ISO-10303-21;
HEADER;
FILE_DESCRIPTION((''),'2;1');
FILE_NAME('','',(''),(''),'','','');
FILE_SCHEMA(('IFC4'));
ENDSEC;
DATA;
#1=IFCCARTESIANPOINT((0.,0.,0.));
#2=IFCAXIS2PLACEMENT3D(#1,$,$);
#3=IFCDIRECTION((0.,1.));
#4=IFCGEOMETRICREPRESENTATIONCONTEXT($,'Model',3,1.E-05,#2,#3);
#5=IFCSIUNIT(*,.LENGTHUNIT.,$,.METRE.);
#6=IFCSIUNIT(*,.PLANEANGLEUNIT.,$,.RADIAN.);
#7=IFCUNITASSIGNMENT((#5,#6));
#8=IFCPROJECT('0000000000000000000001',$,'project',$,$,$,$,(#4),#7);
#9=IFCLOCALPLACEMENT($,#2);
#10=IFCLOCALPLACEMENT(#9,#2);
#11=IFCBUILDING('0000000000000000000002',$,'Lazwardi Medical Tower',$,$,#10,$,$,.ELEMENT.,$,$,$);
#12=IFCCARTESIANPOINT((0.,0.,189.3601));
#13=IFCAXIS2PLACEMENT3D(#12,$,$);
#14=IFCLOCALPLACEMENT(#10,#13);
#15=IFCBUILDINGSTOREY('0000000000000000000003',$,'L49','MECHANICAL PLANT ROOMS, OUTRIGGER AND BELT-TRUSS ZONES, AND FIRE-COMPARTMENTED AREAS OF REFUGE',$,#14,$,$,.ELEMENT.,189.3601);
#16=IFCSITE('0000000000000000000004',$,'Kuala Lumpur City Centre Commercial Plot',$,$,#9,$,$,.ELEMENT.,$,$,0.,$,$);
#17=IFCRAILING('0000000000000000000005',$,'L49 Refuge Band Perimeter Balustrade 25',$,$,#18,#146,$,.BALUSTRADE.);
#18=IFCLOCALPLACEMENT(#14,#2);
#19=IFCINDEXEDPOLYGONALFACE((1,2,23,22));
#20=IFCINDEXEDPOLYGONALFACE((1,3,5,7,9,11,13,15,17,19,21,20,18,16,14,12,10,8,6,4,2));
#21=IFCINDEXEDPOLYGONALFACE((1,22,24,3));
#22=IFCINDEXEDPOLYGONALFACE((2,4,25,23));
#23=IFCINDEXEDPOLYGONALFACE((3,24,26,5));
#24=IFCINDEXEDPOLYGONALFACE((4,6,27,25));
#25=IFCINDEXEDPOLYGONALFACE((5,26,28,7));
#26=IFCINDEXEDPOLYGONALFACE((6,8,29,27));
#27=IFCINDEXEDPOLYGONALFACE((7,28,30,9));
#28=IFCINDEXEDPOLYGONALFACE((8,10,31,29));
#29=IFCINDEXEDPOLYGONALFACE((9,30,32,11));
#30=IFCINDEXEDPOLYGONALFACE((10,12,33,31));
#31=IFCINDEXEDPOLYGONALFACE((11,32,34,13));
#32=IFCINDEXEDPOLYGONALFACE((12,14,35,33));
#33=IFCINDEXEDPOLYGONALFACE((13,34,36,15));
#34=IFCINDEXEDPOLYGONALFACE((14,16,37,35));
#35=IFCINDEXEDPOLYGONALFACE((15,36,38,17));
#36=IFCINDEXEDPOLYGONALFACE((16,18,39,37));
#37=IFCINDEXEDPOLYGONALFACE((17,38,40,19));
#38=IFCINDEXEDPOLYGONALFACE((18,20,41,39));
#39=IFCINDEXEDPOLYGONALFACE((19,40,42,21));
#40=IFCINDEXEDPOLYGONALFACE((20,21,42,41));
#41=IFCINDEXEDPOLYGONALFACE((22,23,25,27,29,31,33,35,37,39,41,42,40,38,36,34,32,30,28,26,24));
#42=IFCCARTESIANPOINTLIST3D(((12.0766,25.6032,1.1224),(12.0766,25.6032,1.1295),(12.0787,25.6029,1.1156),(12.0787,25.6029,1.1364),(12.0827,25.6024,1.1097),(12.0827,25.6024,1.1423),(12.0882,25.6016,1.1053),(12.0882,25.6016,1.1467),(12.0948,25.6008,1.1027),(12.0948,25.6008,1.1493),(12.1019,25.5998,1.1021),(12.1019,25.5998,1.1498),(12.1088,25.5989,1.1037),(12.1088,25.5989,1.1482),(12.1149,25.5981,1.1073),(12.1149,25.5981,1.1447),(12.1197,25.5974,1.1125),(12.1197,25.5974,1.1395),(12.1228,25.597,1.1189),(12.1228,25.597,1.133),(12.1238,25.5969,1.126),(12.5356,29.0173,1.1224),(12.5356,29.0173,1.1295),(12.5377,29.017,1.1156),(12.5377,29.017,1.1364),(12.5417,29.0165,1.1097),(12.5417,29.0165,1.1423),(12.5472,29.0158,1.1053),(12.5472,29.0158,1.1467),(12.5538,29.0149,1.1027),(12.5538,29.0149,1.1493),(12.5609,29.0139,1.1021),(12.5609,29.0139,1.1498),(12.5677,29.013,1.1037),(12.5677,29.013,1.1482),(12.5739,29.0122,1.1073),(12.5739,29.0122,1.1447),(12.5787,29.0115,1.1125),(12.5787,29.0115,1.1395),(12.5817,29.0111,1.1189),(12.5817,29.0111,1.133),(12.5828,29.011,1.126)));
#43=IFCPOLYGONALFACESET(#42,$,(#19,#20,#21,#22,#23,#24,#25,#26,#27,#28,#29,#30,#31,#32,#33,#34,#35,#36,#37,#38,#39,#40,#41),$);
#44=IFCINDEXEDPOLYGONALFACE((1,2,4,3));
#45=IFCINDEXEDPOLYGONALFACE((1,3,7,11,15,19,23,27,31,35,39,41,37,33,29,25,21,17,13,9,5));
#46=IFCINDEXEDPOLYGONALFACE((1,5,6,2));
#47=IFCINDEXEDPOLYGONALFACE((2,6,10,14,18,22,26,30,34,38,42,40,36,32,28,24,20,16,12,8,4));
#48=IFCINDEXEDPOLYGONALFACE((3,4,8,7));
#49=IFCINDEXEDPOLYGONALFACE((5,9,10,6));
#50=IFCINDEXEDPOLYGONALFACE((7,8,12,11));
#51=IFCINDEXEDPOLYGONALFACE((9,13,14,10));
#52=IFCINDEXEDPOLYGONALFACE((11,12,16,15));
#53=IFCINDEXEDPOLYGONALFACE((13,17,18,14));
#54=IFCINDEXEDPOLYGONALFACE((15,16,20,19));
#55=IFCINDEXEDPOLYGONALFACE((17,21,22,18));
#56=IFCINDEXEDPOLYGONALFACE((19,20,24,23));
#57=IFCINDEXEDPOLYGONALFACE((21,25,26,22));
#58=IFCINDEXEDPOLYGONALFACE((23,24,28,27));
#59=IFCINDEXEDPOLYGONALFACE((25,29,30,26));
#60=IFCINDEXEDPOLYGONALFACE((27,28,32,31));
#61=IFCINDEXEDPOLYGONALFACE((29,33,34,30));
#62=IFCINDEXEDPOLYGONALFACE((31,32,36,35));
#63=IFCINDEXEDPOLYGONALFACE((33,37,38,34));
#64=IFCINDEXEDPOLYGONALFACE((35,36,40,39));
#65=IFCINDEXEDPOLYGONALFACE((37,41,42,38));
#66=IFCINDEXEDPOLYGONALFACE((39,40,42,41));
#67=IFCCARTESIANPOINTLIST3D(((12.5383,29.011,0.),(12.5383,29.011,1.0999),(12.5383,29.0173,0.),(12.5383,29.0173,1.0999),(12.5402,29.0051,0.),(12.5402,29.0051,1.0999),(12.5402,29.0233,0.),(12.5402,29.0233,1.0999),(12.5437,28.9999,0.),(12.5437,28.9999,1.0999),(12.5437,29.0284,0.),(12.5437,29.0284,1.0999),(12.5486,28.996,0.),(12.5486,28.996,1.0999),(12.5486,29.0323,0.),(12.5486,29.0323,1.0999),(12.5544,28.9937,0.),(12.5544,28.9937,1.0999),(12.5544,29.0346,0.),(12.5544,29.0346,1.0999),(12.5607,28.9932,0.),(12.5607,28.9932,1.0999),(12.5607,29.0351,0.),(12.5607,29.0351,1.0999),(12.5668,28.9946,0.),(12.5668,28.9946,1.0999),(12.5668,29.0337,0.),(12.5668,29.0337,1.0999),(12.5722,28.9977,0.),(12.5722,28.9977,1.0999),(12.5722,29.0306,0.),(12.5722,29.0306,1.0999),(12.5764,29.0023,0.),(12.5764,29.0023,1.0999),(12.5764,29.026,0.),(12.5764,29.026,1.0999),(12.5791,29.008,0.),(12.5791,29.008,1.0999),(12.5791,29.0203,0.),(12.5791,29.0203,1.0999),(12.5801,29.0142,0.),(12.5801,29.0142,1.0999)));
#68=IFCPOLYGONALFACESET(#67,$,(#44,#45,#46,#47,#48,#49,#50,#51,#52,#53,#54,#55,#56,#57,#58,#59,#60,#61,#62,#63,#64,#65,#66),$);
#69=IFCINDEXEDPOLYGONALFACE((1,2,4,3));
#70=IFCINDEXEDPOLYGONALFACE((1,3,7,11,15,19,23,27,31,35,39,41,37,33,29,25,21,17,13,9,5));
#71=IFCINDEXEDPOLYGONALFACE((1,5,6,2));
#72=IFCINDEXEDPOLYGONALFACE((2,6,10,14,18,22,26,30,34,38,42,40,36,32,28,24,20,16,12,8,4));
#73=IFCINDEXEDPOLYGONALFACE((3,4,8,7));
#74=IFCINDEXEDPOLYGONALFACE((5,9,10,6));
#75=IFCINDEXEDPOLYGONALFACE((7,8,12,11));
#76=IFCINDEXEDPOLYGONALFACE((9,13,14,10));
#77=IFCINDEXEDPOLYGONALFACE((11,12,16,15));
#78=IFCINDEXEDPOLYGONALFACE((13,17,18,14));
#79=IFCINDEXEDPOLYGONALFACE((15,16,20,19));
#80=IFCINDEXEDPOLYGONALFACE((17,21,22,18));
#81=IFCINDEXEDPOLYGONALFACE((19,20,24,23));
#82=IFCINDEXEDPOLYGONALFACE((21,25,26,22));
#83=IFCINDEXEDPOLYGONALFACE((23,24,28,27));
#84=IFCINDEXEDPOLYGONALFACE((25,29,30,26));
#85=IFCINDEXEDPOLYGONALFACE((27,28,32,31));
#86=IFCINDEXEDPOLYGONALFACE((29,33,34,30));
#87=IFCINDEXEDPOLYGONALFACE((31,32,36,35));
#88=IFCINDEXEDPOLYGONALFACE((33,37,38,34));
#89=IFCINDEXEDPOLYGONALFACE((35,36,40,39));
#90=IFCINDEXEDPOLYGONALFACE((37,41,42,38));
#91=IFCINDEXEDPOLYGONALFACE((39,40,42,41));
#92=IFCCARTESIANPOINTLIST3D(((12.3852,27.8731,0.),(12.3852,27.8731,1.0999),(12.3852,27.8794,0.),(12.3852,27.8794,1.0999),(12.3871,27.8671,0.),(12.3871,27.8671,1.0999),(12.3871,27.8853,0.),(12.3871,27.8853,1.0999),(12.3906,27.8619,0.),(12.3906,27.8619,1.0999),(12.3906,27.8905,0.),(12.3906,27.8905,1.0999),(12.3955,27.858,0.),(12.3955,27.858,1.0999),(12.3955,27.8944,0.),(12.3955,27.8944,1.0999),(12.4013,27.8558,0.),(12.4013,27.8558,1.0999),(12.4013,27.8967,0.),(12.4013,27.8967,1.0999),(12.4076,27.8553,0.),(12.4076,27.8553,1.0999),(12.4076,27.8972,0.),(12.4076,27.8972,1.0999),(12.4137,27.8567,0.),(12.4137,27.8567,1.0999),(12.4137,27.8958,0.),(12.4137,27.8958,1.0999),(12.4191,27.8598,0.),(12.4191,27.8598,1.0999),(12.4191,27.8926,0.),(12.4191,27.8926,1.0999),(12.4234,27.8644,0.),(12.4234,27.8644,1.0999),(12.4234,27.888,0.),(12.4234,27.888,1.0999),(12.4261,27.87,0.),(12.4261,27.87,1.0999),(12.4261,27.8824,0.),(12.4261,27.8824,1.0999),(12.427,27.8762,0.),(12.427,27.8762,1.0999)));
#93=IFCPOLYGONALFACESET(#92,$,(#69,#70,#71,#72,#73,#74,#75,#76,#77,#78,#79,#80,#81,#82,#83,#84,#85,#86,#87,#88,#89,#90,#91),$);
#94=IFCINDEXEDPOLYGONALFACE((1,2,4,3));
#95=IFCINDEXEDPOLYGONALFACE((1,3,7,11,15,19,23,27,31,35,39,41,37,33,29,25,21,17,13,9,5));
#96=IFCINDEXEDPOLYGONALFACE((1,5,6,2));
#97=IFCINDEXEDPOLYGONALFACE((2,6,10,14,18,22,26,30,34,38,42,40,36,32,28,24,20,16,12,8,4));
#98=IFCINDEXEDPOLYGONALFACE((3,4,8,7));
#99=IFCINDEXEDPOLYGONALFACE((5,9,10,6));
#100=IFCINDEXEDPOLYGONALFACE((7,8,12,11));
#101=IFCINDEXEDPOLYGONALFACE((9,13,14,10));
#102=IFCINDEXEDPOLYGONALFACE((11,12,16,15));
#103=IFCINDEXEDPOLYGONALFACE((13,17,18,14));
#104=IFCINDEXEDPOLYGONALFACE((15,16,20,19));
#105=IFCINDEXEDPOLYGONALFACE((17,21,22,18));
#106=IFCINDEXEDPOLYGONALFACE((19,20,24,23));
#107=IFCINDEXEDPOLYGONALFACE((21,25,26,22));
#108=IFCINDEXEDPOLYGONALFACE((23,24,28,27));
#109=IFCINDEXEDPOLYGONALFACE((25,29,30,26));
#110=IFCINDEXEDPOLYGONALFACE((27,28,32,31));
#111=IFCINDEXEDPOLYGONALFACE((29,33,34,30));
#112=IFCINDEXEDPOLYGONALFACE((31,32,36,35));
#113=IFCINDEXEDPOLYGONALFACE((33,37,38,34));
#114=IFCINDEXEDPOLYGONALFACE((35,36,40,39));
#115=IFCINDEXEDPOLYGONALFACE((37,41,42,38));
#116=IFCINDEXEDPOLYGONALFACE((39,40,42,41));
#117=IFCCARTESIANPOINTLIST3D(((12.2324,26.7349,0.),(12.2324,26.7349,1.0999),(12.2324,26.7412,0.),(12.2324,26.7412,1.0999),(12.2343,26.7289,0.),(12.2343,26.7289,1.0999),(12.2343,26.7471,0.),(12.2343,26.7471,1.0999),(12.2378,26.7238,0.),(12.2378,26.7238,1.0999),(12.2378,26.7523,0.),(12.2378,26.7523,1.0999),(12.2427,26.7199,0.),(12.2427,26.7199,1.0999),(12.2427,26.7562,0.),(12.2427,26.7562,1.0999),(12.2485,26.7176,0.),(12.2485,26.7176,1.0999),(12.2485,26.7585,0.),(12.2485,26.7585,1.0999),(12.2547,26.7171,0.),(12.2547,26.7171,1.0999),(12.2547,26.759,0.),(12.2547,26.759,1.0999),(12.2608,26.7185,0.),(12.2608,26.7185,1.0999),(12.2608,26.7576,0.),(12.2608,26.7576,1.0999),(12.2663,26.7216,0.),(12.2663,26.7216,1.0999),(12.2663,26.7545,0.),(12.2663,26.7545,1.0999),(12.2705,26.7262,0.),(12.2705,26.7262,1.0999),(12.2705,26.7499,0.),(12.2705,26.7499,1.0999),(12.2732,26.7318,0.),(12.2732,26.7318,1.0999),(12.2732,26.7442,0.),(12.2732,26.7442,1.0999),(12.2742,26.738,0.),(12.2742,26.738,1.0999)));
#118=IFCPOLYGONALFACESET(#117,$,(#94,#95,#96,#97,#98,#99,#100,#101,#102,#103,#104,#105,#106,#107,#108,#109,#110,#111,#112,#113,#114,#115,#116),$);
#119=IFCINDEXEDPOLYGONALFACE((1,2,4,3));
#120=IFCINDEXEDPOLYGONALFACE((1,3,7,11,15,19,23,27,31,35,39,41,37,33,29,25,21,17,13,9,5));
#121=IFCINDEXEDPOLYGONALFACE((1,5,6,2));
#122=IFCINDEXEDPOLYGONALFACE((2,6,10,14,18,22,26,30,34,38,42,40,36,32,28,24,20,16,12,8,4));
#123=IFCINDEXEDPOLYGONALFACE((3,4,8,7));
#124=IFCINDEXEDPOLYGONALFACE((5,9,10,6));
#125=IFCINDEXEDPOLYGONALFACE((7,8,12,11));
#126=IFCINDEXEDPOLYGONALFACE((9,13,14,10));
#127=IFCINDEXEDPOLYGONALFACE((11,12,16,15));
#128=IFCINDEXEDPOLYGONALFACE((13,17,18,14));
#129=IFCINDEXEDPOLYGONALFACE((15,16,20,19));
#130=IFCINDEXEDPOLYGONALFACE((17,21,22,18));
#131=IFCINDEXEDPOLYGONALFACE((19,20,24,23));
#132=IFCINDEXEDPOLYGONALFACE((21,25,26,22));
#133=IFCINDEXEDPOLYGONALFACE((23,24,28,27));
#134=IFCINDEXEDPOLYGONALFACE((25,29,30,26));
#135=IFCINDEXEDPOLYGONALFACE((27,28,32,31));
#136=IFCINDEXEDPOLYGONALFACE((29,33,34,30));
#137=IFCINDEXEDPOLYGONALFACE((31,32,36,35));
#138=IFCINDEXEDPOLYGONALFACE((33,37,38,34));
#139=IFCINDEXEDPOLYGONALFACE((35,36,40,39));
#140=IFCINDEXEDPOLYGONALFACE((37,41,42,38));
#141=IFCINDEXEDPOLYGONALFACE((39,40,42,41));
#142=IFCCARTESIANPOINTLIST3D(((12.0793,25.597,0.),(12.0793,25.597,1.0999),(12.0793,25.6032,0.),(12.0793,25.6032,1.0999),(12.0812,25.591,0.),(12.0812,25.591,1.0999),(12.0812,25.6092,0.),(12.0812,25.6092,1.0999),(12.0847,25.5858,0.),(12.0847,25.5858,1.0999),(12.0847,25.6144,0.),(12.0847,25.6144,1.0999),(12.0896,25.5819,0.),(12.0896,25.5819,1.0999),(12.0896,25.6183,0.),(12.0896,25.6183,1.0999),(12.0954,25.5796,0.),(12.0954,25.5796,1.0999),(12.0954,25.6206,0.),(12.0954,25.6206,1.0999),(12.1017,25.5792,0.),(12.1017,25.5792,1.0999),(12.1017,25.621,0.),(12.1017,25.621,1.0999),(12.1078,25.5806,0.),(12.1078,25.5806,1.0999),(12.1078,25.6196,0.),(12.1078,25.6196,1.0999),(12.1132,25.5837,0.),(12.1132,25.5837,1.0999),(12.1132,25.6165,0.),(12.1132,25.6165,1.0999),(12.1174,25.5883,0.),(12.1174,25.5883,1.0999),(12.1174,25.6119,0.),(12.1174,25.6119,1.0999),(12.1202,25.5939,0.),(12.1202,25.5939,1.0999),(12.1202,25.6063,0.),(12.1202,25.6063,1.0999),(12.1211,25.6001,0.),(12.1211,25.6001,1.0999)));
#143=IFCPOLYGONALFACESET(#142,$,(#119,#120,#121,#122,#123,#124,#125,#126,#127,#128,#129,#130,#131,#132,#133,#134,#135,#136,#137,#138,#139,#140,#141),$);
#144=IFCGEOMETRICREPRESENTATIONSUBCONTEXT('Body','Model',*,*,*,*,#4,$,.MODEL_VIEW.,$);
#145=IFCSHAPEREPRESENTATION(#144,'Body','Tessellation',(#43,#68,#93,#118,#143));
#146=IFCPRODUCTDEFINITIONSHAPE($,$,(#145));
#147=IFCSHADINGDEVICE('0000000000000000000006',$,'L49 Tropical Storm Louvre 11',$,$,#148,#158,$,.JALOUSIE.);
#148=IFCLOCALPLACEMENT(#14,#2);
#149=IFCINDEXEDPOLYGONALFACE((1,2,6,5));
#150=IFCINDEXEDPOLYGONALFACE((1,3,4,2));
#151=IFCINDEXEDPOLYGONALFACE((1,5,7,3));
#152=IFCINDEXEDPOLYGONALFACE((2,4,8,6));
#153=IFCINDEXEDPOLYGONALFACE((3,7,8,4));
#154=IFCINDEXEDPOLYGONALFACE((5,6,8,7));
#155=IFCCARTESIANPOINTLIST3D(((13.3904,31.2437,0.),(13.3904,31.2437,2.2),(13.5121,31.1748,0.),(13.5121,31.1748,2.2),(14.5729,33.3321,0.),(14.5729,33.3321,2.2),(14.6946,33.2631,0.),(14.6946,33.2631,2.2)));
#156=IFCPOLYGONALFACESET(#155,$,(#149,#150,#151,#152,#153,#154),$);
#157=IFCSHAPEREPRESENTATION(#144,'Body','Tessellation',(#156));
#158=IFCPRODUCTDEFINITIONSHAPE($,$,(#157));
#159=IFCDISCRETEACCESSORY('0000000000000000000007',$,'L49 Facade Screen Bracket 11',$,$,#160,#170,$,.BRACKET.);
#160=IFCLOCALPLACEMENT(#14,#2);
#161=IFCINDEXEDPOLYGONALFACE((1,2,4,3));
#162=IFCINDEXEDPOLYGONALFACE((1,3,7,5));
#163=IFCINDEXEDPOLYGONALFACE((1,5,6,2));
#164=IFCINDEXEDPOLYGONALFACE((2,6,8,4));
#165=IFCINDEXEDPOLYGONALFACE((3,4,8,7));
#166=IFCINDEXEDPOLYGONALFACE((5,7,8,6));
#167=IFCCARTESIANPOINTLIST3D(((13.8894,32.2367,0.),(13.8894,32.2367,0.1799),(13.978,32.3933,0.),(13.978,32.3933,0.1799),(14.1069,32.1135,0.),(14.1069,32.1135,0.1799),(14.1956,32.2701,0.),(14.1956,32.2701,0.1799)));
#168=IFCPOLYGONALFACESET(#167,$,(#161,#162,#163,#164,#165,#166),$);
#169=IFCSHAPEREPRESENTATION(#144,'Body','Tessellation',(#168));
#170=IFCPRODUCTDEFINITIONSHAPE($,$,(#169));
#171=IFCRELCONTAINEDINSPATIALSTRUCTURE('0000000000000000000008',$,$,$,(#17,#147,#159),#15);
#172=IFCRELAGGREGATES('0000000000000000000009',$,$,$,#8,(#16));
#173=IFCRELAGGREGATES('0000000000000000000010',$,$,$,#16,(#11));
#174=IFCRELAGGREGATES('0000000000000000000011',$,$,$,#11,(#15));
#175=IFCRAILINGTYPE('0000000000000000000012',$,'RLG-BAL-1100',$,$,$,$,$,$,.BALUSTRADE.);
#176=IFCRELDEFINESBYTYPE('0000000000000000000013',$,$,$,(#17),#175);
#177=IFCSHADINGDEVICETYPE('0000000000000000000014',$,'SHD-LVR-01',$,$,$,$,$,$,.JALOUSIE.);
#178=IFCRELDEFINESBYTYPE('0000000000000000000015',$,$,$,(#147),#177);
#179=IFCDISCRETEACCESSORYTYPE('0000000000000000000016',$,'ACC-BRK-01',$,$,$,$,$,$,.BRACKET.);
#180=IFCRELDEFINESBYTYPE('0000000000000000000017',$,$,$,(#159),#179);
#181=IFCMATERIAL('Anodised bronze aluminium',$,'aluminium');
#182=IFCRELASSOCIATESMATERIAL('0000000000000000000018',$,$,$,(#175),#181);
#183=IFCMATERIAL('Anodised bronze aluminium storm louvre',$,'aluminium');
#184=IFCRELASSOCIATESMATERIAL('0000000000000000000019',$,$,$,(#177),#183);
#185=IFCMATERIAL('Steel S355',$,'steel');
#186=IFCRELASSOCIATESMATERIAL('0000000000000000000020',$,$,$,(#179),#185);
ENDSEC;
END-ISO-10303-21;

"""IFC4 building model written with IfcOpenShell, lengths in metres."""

from ifc_helpers import new_model, si_unit, direction, frame, origin, origin_2d, place, context, subcontext, project, spatial, rectangle, circle, extrude, material, type_object, element, save


model = new_model("IFC4")

# Units and contexts
model_context = context("Model", 3, precision=1e-05, world=origin(), true_north=direction((0.0, 1.0)))
body_context = subcontext(model_context, "Body", "Model", "MODEL_VIEW")
ifc_project = project(units=[si_unit("LENGTHUNIT", "METRE"), si_unit("PLANEANGLEUNIT", "RADIAN")], contexts=[model_context])

# Site, building, storey
site_placement = place(None, origin())
site = spatial("IfcSite", under=ifc_project, at=site_placement, Name="Kuala Lumpur City Centre Commercial Plot", CompositionType="ELEMENT", RefElevation=0.0)
building_placement = place(site_placement, origin())
building = spatial("IfcBuilding", under=site, at=building_placement, Name="Lazwardi Medical Tower", CompositionType="ELEMENT")
storey_placement = place(building_placement, frame((0.0, 0.0, 189.3601)))
storey = spatial("IfcBuildingStorey", under=building, at=storey_placement, Name="L49", Description="MECHANICAL PLANT ROOMS, OUTRIGGER AND BELT-TRUSS ZONES, AND FIRE-COMPARTMENTED AREAS OF REFUGE", CompositionType="ELEMENT", Elevation=189.3601)

# Shared definitions
ifc_material_1 = material(Name="Steel S355", Category="steel")

# Railing
ifc_material_2 = material(Name="Anodised bronze aluminium", Category="aluminium")
railing_type = type_object("IfcRailingType", Name="RLG-BAL-1100", PredefinedType="BALUSTRADE", material=ifc_material_2)
railing_1_placement = place(storey_placement, frame((12.5591, 29.0142, 0.0)))
element("IfcRailing", 1, at=railing_1_placement, inside=storey, type_object=railing_type, Name="L49 Refuge Band Perimeter Balustrade 25", PredefinedType="BALUSTRADE", context=body_context, shape_type="SweptSolid", body=[
    extrude(circle(Radius=0.0239, at=origin_2d()), frame((0.0, 0.0, 1.126), z_axis=(-0.133241, -0.991084, 0.0), x_axis=(0.991084, -0.133241, 0.0)), (0.0, 0.0, 1.0), 3.4448),
    extrude(circle(Radius=0.021, at=origin_2d()), origin(), (0.0, 0.0, 1.0), 1.0999),
    extrude(circle(Radius=0.021, at=origin_2d()), frame((-0.1531, -1.1379, 0.0)), (0.0, 0.0, 1.0), 1.0999),
    extrude(circle(Radius=0.021, at=origin_2d()), frame((-0.3059, -2.2761, 0.0)), (0.0, 0.0, 1.0), 1.0999),
    extrude(circle(Radius=0.021, at=origin_2d()), frame((-0.459, -3.4141, 0.0)), (0.0, 0.0, 1.0), 1.0999),
])

# Shading device
ifc_material_3 = material(Name="Anodised bronze aluminium storm louvre", Category="aluminium")
shading_device_type = type_object("IfcShadingDeviceType", Name="SHD-LVR-01", PredefinedType="JALOUSIE", material=ifc_material_3)
shading_device_placement = place(storey_placement, frame((14.0425, 32.2534, 0.0), z_axis=(0.0, 0.0, 1.0), x_axis=(-0.492726, -0.870185, 0.0)))
element("IfcShadingDevice", 2, at=shading_device_placement, inside=storey, type_object=shading_device_type, Name="L49 Tropical Storm Louvre 11", PredefinedType="JALOUSIE", context=body_context, shape_type="SweptSolid", body=[
    extrude(rectangle(XDim=2.3999, YDim=0.1399, at=origin_2d()), origin(), (0.0, 0.0, 1.0), 2.2),
])

# Discrete accessory
discrete_accessory_type = type_object("IfcDiscreteAccessoryType", Name="ACC-BRK-01", PredefinedType="BRACKET", material=ifc_material_1)
discrete_accessory_placement = place(storey_placement, frame((14.0425, 32.2534, 0.0), z_axis=(0.0, 0.0, 1.0), x_axis=(-0.492726, -0.870185, 0.0)))
element("IfcDiscreteAccessory", 3, at=discrete_accessory_placement, inside=storey, type_object=discrete_accessory_type, Name="L49 Facade Screen Bracket 11", PredefinedType="BRACKET", context=body_context, shape_type="SweptSolid", body=[
    extrude(rectangle(XDim=0.1799, YDim=0.25, at=origin_2d()), origin(), (0.0, 0.0, 1.0), 0.1799),
])

save(model, "model.ifc")
